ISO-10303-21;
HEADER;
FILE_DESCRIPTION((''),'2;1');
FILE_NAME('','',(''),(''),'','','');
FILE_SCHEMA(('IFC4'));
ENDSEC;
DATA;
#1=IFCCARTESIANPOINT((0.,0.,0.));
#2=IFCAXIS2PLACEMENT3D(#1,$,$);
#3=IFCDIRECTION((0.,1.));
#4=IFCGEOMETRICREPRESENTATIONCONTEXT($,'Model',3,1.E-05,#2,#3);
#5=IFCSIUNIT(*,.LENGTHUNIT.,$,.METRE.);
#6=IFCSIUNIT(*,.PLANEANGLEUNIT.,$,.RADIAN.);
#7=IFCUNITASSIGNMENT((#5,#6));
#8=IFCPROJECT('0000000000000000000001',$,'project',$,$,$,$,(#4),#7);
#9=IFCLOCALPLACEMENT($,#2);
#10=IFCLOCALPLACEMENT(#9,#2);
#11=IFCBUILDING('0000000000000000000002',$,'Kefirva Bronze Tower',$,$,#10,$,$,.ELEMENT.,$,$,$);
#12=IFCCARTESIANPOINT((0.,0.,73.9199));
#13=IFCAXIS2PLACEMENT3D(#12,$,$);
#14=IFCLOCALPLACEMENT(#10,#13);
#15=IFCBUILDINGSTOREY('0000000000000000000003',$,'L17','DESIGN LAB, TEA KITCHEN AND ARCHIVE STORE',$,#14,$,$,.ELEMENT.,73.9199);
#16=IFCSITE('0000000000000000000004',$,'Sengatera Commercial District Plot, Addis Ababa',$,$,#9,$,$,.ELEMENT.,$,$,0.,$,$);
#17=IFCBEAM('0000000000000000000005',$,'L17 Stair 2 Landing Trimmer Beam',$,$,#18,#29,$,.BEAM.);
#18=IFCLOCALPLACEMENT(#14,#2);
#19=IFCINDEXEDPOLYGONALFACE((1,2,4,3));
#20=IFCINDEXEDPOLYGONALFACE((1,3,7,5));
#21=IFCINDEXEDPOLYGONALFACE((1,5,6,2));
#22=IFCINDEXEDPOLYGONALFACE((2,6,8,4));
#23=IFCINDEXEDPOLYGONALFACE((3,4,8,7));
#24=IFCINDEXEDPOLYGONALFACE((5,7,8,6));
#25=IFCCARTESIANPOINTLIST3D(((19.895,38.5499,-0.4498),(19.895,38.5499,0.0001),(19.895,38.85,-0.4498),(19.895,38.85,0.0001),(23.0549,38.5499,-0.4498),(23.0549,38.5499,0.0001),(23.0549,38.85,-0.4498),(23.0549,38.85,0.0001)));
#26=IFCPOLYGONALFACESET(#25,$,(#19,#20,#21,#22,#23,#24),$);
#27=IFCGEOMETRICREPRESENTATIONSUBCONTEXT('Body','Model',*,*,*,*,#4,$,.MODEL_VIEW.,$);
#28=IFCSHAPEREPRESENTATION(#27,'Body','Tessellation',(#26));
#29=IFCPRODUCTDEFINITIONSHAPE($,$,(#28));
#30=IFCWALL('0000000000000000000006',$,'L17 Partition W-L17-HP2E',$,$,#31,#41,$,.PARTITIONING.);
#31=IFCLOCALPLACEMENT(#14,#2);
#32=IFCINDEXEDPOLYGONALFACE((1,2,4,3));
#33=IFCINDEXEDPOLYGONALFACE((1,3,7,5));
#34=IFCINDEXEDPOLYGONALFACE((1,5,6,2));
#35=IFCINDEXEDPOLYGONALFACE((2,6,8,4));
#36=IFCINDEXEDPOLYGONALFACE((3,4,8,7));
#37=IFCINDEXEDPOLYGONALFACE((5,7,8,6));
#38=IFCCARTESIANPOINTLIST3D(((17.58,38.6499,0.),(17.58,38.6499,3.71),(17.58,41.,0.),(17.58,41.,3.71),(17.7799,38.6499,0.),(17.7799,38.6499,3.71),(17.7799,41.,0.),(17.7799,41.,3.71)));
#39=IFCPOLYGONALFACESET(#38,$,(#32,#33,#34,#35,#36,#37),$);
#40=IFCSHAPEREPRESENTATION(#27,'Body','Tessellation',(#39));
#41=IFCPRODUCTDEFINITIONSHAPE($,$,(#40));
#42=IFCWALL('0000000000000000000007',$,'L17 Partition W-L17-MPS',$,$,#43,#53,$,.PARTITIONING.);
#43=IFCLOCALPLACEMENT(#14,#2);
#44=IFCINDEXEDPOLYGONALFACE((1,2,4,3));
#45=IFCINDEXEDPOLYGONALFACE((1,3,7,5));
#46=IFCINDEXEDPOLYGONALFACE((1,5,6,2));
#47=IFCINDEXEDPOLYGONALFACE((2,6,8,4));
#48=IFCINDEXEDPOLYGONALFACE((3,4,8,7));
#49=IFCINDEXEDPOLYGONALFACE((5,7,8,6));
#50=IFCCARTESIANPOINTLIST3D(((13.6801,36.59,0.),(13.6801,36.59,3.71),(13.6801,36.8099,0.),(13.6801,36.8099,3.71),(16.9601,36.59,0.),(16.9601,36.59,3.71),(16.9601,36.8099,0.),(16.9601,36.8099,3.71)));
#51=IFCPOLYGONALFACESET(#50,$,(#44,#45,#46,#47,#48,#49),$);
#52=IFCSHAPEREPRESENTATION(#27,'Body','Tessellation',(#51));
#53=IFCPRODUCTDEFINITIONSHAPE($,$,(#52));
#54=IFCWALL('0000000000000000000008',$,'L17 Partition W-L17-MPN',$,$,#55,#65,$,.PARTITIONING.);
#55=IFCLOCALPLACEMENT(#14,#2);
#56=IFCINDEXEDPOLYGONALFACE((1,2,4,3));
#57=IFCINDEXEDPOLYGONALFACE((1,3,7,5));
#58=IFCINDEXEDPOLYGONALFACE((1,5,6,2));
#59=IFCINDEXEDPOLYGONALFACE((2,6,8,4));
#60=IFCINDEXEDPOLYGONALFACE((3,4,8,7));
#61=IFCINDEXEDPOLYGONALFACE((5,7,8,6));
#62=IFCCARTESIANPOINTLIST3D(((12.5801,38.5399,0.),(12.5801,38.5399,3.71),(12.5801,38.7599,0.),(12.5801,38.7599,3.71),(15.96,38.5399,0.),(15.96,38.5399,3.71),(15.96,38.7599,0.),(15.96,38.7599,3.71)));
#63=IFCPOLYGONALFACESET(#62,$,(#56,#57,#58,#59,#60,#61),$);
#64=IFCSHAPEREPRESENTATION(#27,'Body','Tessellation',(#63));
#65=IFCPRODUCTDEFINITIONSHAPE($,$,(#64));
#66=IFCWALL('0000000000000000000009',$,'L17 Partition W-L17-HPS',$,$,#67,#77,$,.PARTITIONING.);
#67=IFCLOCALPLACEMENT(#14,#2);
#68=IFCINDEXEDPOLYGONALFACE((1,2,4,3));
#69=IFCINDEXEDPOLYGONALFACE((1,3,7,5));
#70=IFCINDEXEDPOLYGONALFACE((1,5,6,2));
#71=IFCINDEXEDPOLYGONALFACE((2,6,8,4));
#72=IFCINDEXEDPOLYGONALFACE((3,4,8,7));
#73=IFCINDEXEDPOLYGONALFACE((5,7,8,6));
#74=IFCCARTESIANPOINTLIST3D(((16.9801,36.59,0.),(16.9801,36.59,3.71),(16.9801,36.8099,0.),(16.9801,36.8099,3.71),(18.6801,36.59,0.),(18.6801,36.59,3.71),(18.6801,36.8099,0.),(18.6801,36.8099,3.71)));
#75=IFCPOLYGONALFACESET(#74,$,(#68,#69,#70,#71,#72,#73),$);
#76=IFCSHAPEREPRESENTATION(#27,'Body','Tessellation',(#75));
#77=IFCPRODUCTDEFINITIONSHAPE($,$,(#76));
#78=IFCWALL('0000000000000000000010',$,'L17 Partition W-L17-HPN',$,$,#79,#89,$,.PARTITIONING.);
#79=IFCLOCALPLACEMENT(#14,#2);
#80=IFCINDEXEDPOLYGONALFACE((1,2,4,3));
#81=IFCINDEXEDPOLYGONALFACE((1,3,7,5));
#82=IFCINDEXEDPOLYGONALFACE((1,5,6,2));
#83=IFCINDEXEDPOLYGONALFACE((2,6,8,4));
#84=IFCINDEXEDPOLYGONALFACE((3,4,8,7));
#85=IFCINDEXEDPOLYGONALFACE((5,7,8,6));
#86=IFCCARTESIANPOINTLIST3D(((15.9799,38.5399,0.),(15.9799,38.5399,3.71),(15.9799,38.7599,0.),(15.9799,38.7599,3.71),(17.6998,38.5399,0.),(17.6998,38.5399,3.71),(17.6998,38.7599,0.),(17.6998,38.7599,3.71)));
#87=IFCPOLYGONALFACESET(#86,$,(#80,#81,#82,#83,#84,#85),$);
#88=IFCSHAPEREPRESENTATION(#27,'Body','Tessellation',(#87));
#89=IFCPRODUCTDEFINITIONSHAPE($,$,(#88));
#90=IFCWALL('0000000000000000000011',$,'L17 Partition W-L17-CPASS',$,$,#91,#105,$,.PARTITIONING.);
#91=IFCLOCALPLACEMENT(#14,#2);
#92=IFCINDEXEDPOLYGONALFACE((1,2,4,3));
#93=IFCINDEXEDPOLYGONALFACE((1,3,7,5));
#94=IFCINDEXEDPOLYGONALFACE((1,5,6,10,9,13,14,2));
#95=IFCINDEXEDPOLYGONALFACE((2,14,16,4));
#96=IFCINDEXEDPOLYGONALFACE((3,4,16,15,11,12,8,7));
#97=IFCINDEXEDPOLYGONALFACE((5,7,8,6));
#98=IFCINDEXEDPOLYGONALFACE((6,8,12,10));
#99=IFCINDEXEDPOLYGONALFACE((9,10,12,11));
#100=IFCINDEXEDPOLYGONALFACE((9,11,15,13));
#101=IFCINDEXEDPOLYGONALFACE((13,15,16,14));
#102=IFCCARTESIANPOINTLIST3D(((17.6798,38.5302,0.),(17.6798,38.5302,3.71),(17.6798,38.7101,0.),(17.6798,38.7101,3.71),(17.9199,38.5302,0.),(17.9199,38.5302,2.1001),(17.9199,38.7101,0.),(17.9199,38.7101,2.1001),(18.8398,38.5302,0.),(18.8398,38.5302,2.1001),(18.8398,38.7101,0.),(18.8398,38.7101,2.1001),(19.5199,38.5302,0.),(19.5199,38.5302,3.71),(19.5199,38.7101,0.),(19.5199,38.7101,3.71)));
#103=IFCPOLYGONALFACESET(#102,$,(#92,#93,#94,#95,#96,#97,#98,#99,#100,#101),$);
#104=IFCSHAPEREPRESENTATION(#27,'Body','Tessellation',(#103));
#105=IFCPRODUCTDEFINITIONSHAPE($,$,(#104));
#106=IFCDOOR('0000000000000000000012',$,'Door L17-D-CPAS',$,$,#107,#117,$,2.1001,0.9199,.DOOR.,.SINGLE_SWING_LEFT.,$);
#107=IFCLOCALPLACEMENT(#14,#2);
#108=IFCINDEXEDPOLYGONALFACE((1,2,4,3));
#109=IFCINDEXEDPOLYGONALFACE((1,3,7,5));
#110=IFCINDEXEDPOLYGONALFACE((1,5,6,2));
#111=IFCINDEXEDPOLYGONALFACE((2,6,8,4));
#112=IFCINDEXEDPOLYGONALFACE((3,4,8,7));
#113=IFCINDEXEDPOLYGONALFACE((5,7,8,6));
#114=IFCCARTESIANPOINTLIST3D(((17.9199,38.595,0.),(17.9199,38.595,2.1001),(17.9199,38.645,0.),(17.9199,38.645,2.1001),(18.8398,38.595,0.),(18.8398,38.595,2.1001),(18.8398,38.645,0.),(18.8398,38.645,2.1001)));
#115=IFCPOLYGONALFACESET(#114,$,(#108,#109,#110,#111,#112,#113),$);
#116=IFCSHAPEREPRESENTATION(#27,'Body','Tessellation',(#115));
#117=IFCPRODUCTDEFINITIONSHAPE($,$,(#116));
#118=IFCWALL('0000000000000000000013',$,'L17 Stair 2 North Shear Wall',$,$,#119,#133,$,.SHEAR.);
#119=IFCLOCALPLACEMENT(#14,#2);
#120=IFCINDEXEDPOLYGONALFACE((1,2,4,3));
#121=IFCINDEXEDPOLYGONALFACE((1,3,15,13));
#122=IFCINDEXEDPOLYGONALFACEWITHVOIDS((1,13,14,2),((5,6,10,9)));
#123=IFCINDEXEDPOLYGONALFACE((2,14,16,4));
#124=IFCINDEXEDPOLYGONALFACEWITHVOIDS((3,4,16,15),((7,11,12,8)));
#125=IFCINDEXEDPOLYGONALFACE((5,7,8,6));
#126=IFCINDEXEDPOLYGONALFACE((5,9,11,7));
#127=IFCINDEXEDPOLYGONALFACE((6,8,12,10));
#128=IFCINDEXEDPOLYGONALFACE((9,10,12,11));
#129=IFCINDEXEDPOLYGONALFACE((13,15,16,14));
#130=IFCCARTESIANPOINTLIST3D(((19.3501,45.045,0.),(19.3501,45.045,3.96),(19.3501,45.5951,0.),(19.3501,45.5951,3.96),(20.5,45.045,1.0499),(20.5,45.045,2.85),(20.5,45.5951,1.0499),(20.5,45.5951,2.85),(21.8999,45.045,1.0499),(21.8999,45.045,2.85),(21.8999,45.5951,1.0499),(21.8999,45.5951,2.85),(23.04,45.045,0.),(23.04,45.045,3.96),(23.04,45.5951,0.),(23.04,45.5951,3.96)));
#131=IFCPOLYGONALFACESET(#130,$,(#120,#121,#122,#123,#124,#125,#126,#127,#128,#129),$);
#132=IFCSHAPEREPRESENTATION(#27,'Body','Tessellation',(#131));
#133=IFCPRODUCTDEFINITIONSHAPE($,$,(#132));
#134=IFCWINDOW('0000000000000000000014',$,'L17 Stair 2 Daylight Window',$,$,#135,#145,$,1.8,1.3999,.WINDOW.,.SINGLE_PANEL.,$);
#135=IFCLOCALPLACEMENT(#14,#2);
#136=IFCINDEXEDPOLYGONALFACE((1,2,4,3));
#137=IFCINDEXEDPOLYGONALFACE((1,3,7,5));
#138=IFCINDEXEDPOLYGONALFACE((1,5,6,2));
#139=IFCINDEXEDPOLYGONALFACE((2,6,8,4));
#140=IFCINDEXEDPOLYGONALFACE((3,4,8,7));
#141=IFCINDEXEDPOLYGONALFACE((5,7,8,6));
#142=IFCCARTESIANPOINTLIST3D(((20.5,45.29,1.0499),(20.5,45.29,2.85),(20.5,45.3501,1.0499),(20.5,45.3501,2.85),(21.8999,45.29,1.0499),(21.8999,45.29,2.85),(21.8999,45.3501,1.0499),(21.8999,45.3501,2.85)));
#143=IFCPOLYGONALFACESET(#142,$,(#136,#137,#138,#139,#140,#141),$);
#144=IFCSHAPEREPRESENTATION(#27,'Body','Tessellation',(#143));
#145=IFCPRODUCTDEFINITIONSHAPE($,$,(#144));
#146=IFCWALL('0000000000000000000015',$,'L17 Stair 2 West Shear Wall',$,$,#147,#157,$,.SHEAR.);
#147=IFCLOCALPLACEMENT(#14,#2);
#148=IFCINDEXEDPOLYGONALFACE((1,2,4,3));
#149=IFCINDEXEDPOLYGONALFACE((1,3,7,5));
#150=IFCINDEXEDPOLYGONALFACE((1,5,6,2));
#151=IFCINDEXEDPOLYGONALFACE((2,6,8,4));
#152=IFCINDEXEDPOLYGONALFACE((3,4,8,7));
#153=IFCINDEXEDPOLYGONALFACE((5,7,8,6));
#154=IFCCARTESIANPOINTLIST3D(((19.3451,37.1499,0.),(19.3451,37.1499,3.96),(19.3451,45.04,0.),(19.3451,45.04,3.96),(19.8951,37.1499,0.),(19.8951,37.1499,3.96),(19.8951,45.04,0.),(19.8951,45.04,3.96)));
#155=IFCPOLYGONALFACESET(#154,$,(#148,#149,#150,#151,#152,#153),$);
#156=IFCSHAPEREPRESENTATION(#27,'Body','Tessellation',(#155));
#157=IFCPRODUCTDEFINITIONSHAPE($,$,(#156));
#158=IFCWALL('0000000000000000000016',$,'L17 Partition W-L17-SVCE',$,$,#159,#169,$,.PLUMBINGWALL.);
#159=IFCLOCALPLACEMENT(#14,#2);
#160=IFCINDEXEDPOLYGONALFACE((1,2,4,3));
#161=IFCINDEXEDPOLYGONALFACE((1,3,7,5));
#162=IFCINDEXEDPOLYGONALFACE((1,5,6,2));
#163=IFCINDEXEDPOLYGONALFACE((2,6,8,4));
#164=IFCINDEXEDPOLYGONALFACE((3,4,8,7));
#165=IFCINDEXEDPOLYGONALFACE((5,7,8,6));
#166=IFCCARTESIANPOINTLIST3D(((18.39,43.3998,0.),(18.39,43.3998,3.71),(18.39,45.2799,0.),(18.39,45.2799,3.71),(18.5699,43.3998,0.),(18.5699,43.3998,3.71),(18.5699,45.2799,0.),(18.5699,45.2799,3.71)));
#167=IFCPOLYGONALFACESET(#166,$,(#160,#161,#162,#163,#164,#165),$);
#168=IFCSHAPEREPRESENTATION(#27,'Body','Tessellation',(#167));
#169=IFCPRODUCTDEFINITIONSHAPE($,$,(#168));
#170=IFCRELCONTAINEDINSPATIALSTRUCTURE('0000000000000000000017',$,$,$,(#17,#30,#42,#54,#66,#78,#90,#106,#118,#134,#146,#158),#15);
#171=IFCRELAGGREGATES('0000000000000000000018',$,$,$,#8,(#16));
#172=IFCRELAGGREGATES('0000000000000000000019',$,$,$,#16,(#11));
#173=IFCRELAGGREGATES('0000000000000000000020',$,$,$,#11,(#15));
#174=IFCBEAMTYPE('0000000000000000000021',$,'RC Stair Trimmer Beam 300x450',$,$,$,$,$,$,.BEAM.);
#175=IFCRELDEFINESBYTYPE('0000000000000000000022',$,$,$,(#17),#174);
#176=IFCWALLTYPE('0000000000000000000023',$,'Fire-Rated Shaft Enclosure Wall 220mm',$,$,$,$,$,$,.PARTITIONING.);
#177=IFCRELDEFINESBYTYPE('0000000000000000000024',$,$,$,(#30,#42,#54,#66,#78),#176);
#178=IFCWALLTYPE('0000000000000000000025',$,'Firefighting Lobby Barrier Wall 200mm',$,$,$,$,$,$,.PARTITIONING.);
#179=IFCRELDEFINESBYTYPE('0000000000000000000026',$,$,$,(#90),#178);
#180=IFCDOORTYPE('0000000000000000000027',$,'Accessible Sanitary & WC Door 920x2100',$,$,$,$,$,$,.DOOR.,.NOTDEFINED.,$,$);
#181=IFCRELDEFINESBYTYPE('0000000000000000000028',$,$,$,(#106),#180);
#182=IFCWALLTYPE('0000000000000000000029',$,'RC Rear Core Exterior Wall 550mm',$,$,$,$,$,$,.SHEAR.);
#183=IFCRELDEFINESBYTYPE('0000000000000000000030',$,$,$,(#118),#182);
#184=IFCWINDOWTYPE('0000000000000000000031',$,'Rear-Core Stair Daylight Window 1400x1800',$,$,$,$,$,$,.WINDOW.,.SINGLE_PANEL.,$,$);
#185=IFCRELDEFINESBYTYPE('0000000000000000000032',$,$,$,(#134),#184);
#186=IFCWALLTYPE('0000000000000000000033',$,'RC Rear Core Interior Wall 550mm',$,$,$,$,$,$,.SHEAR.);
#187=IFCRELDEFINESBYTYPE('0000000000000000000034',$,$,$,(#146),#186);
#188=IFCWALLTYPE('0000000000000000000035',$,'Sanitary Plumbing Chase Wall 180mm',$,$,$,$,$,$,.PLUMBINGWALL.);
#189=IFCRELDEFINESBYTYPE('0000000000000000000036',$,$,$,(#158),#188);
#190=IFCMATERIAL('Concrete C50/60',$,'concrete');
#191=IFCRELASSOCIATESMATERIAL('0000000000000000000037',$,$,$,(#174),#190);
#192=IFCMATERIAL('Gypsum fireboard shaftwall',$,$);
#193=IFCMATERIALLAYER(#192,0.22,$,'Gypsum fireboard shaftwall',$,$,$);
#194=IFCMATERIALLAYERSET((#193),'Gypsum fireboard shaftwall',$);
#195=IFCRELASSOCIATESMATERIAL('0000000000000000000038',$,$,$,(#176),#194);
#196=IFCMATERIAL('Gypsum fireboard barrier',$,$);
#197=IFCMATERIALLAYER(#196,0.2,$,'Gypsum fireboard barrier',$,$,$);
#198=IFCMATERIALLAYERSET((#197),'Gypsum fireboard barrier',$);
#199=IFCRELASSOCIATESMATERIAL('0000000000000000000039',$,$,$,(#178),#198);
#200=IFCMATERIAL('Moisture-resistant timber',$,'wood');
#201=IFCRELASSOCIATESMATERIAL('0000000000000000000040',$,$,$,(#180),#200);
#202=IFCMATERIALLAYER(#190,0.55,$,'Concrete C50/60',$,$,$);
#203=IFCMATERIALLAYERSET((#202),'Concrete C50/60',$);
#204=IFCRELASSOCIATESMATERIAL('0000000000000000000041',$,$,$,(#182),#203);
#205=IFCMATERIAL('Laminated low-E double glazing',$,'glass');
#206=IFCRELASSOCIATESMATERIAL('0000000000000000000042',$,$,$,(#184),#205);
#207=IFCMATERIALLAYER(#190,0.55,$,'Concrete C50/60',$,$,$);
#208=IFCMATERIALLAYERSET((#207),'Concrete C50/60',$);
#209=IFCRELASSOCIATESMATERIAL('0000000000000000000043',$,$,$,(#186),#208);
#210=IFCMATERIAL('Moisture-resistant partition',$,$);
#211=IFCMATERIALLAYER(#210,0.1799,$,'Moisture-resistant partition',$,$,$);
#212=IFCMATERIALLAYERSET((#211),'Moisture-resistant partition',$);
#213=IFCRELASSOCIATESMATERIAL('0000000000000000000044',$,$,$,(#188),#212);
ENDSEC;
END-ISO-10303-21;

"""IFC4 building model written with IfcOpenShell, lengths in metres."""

from ifc_helpers import new_model, si_unit, direction, frame, frame_2d, origin, origin_2d, place, context, subcontext, project, spatial, rectangle, extrude, material, layer, layer_set, material_profile, profile_set, type_object, element, fill, save


model = new_model("IFC4")

# Units and contexts
model_context = context("Model", 3, precision=1e-05, world=origin(), true_north=direction((0.0, 1.0)))
body_context = subcontext(model_context, "Body", "Model", "MODEL_VIEW")
ifc_project = project(units=[si_unit("LENGTHUNIT", "METRE"), si_unit("PLANEANGLEUNIT", "RADIAN")], contexts=[model_context])

# Site, building, storey
site_placement = place(None, origin())
site = spatial("IfcSite", under=ifc_project, at=site_placement, Name="Sengatera Commercial District Plot, Addis Ababa", CompositionType="ELEMENT", RefElevation=0.0)
building_placement = place(site_placement, origin())
building = spatial("IfcBuilding", under=site, at=building_placement, Name="Kefirva Bronze Tower", CompositionType="ELEMENT")
storey_placement = place(building_placement, frame((0.0, 0.0, 73.9199)))
storey = spatial("IfcBuildingStorey", under=building, at=storey_placement, Name="L17", Description="DESIGN LAB, TEA KITCHEN AND ARCHIVE STORE", CompositionType="ELEMENT", Elevation=73.9199)

# Beam
ifc_material_1 = material(Name="Concrete C50/60", Category="concrete")
ifc_material_profile = material_profile(ifc_material_1, rectangle(XDim=0.3, YDim=0.45, at=origin_2d()), Name="RC 300x450")
ifc_profile_set = profile_set([ifc_material_profile], Name="Concrete C50/60")
beam_type = type_object("IfcBeamType", Name="RC Stair Trimmer Beam 300x450", PredefinedType="BEAM", material=ifc_profile_set)
beam_placement = place(storey_placement, frame((19.895, 38.7, -0.2249), z_axis=(1.0, 0.0, 0.0), x_axis=(0.0, 1.0, 0.0)))
element("IfcBeam", 1, at=beam_placement, inside=storey, type_object=beam_type, Name="L17 Stair 2 Landing Trimmer Beam", PredefinedType="BEAM", context=body_context, shape_type="SweptSolid", body=[
    extrude(rectangle(XDim=0.3, YDim=0.45, at=origin_2d()), origin(), (0.0, 0.0, 1.0), 3.1599),
])

# Shared definitions
ifc_material_2 = material(Name="Gypsum fireboard shaftwall")
ifc_layer_1 = layer(ifc_material_2, 0.22, Name="Gypsum fireboard shaftwall")
ifc_layer_set_1 = layer_set([ifc_layer_1], Name="Gypsum fireboard shaftwall")
wall_type_1 = type_object("IfcWallType", Name="Fire-Rated Shaft Enclosure Wall 220mm", PredefinedType="PARTITIONING", material=ifc_layer_set_1)

# Walls
wall_1_placement = place(storey_placement, frame((17.6799, 38.6499, 0.0), z_axis=(0.0, 0.0, 1.0), x_axis=(0.0, 1.0, 0.0)))
element("IfcWall", 2, at=wall_1_placement, inside=storey, type_object=wall_type_1, Name="L17 Partition W-L17-HP2E", PredefinedType="PARTITIONING", context=body_context, shape_type="SweptSolid", body=[
    extrude(rectangle(XDim=2.3501, YDim=0.2, at=frame_2d((1.175, 0.0))), origin(), (0.0, 0.0, 1.0), 3.71),
])
wall_2_placement = place(storey_placement, frame((13.6799, 36.7, 0.0), z_axis=(0.0, 0.0, 1.0), x_axis=(1.0, 0.0, 0.0)))
element("IfcWall", 3, at=wall_2_placement, inside=storey, type_object=wall_type_1, Name="L17 Partition W-L17-MPS", PredefinedType="PARTITIONING", context=body_context, shape_type="SweptSolid", body=[
    extrude(rectangle(XDim=3.28, YDim=0.22, at=frame_2d((1.6401, 0.0))), origin(), (0.0, 0.0, 1.0), 3.71),
])
wall_3_placement = place(storey_placement, frame((12.5801, 38.6499, 0.0), z_axis=(0.0, 0.0, 1.0), x_axis=(1.0, 0.0, 0.0)))
element("IfcWall", 4, at=wall_3_placement, inside=storey, type_object=wall_type_1, Name="L17 Partition W-L17-MPN", PredefinedType="PARTITIONING", context=body_context, shape_type="SweptSolid", body=[
    extrude(rectangle(XDim=3.3799, YDim=0.22, at=frame_2d((1.6899, 0.0))), origin(), (0.0, 0.0, 1.0), 3.71),
])
wall_4_placement = place(storey_placement, frame((16.98, 36.7, 0.0), z_axis=(0.0, 0.0, 1.0), x_axis=(1.0, 0.0, 0.0)))
element("IfcWall", 5, at=wall_4_placement, inside=storey, type_object=wall_type_1, Name="L17 Partition W-L17-HPS", PredefinedType="PARTITIONING", context=body_context, shape_type="SweptSolid", body=[
    extrude(rectangle(XDim=1.7, YDim=0.22, at=frame_2d((0.8501, 0.0))), origin(), (0.0, 0.0, 1.0), 3.71),
])
wall_5_placement = place(storey_placement, frame((15.98, 38.6499, 0.0), z_axis=(0.0, 0.0, 1.0), x_axis=(1.0, 0.0, 0.0)))
element("IfcWall", 6, at=wall_5_placement, inside=storey, type_object=wall_type_1, Name="L17 Partition W-L17-HPN", PredefinedType="PARTITIONING", context=body_context, shape_type="SweptSolid", body=[
    extrude(rectangle(XDim=1.72, YDim=0.22, at=frame_2d((0.8599, 0.0))), origin(), (0.0, 0.0, 1.0), 3.71),
])

# Wall, opening, door
ifc_material_3 = material(Name="Gypsum fireboard barrier")
ifc_layer_2 = layer(ifc_material_3, 0.2, Name="Gypsum fireboard barrier")
ifc_layer_set_2 = layer_set([ifc_layer_2], Name="Gypsum fireboard barrier")
wall_type_2 = type_object("IfcWallType", Name="Firefighting Lobby Barrier Wall 200mm", PredefinedType="PARTITIONING", material=ifc_layer_set_2)
wall_6_placement = place(storey_placement, frame((17.6799, 38.6201, 0.0), z_axis=(0.0, 0.0, 1.0), x_axis=(1.0, 0.0, 0.0)))
wall_6 = element("IfcWall", 7, at=wall_6_placement, inside=storey, type_object=wall_type_2, Name="L17 Partition W-L17-CPASS", PredefinedType="PARTITIONING", context=body_context, shape_type="SweptSolid", body=[
    extrude(rectangle(XDim=1.8401, YDim=0.1799, at=frame_2d((0.9199, 0.0))), origin(), (0.0, 0.0, 1.0), 3.71),
])
opening_1_placement = place(wall_6_placement, frame((0.24, 0.0, 0.0)))
opening_1 = element("IfcOpeningElement", 8, at=opening_1_placement, cuts=wall_6, PredefinedType="OPENING", context=body_context, shape_type="SweptSolid", body=[
    extrude(rectangle(XDim=0.9199, YDim=2.1001, at=frame_2d((0.46, 1.05))), frame((0.0, 0.1001, 0.0), z_axis=(0.0, -1.0, 0.0), x_axis=(1.0, 0.0, 0.0)), (0.0, 0.0, 1.0), 0.2),
])
ifc_material_4 = material(Name="Moisture-resistant timber", Category="wood")
door_type_1 = type_object("IfcDoorType", Name="Accessible Sanitary & WC Door 920x2100", OperationType="NOTDEFINED", PredefinedType="DOOR", material=ifc_material_4)
door_1_placement = place(opening_1_placement, origin())
door_1 = element("IfcDoor", 9, at=door_1_placement, inside=storey, type_object=door_type_1, Name="Door L17-D-CPAS", OperationType="SINGLE_SWING_LEFT", OverallHeight=2.1001, OverallWidth=0.9199, PredefinedType="DOOR", context=body_context, shape_type="SweptSolid", body=[
    extrude(rectangle(XDim=0.9199, YDim=2.1001, at=frame_2d((0.46, 1.05))), frame((0.0, 0.0249, 0.0), z_axis=(0.0, -1.0, 0.0), x_axis=(1.0, 0.0, 0.0)), (0.0, 0.0, 1.0), 0.05),
])
fill(opening_1, door_1)

# Wall, opening, window
ifc_layer_3 = layer(ifc_material_1, 0.55, Name="Concrete C50/60")
ifc_layer_set_3 = layer_set([ifc_layer_3], Name="Concrete C50/60")
wall_type_3 = type_object("IfcWallType", Name="RC Rear Core Exterior Wall 550mm", PredefinedType="SHEAR", material=ifc_layer_set_3)
wall_7_placement = place(storey_placement, frame((19.3501, 45.3201, 0.0), z_axis=(0.0, 0.0, 1.0), x_axis=(1.0, 0.0, 0.0)))
wall_7 = element("IfcWall", 10, at=wall_7_placement, inside=storey, type_object=wall_type_3, Name="L17 Stair 2 North Shear Wall", PredefinedType="SHEAR", context=body_context, shape_type="SweptSolid", body=[
    extrude(rectangle(XDim=3.6899, YDim=0.55, at=frame_2d((1.845, 0.0))), origin(), (0.0, 0.0, 1.0), 3.96),
])
opening_2_placement = place(wall_7_placement, frame((1.1499, 0.0, 1.05)))
opening_2 = element("IfcOpeningElement", 11, at=opening_2_placement, cuts=wall_7, PredefinedType="OPENING", context=body_context, shape_type="SweptSolid", body=[
    extrude(rectangle(XDim=1.3999, YDim=1.8, at=frame_2d((0.7, 0.8999))), frame((0.0, 0.2852, 0.0), z_axis=(0.0, -1.0, 0.0), x_axis=(1.0, 0.0, 0.0)), (0.0, 0.0, 1.0), 0.5701),
])
ifc_material_5 = material(Name="Laminated low-E double glazing", Category="glass")
window_type = type_object("IfcWindowType", Name="Rear-Core Stair Daylight Window 1400x1800", PartitioningType="SINGLE_PANEL", PredefinedType="WINDOW", material=ifc_material_5)
window_placement = place(opening_2_placement, origin())
window = element("IfcWindow", 12, at=window_placement, inside=storey, type_object=window_type, Name="L17 Stair 2 Daylight Window", OverallHeight=1.8, OverallWidth=1.3999, PartitioningType="SINGLE_PANEL", PredefinedType="WINDOW", context=body_context, shape_type="SweptSolid", body=[
    extrude(rectangle(XDim=1.3999, YDim=1.8, at=frame_2d((0.7, 0.8999))), frame((0.0, 0.03, 0.0), z_axis=(0.0, -1.0, 0.0), x_axis=(1.0, 0.0, 0.0)), (0.0, 0.0, 1.0), 0.0601),
])
fill(opening_2, window)

# Walls
ifc_layer_4 = layer(ifc_material_1, 0.55, Name="Concrete C50/60")
ifc_layer_set_4 = layer_set([ifc_layer_4], Name="Concrete C50/60")
wall_type_4 = type_object("IfcWallType", Name="RC Rear Core Interior Wall 550mm", PredefinedType="SHEAR", material=ifc_layer_set_4)
wall_8_placement = place(storey_placement, frame((19.6201, 37.1499, 0.0), z_axis=(0.0, 0.0, 1.0), x_axis=(0.0, 1.0, 0.0)))
element("IfcWall", 13, at=wall_8_placement, inside=storey, type_object=wall_type_4, Name="L17 Stair 2 West Shear Wall", PredefinedType="SHEAR", context=body_context, shape_type="SweptSolid", body=[
    extrude(rectangle(XDim=7.8901, YDim=0.55, at=frame_2d((3.9451, 0.0))), origin(), (0.0, 0.0, 1.0), 3.96),
])
ifc_material_6 = material(Name="Moisture-resistant partition")
ifc_layer_5 = layer(ifc_material_6, 0.1799, Name="Moisture-resistant partition")
ifc_layer_set_5 = layer_set([ifc_layer_5], Name="Moisture-resistant partition")
wall_type_5 = type_object("IfcWallType", Name="Sanitary Plumbing Chase Wall 180mm", PredefinedType="PLUMBINGWALL", material=ifc_layer_set_5)
for number, where, z_axis, x_axis, name in (
    (14, (18.48, 43.3999, 0.0), (0.0, 0.0, 1.0), (0.0, 1.0, 0.0), "L17 Partition W-L17-SVCE"),
):
    element("IfcWall", number, at=place(storey_placement, frame(where, z_axis=z_axis, x_axis=x_axis)), inside=storey, type_object=wall_type_5, Name=name, PredefinedType="PLUMBINGWALL", context=body_context, shape_type="SweptSolid", body=[
        extrude(rectangle(XDim=1.8801, YDim=0.1799, at=frame_2d((0.9399, 0.0))), origin(), (0.0, 0.0, 1.0), 3.71),
    ])

save(model, "model.ifc")
